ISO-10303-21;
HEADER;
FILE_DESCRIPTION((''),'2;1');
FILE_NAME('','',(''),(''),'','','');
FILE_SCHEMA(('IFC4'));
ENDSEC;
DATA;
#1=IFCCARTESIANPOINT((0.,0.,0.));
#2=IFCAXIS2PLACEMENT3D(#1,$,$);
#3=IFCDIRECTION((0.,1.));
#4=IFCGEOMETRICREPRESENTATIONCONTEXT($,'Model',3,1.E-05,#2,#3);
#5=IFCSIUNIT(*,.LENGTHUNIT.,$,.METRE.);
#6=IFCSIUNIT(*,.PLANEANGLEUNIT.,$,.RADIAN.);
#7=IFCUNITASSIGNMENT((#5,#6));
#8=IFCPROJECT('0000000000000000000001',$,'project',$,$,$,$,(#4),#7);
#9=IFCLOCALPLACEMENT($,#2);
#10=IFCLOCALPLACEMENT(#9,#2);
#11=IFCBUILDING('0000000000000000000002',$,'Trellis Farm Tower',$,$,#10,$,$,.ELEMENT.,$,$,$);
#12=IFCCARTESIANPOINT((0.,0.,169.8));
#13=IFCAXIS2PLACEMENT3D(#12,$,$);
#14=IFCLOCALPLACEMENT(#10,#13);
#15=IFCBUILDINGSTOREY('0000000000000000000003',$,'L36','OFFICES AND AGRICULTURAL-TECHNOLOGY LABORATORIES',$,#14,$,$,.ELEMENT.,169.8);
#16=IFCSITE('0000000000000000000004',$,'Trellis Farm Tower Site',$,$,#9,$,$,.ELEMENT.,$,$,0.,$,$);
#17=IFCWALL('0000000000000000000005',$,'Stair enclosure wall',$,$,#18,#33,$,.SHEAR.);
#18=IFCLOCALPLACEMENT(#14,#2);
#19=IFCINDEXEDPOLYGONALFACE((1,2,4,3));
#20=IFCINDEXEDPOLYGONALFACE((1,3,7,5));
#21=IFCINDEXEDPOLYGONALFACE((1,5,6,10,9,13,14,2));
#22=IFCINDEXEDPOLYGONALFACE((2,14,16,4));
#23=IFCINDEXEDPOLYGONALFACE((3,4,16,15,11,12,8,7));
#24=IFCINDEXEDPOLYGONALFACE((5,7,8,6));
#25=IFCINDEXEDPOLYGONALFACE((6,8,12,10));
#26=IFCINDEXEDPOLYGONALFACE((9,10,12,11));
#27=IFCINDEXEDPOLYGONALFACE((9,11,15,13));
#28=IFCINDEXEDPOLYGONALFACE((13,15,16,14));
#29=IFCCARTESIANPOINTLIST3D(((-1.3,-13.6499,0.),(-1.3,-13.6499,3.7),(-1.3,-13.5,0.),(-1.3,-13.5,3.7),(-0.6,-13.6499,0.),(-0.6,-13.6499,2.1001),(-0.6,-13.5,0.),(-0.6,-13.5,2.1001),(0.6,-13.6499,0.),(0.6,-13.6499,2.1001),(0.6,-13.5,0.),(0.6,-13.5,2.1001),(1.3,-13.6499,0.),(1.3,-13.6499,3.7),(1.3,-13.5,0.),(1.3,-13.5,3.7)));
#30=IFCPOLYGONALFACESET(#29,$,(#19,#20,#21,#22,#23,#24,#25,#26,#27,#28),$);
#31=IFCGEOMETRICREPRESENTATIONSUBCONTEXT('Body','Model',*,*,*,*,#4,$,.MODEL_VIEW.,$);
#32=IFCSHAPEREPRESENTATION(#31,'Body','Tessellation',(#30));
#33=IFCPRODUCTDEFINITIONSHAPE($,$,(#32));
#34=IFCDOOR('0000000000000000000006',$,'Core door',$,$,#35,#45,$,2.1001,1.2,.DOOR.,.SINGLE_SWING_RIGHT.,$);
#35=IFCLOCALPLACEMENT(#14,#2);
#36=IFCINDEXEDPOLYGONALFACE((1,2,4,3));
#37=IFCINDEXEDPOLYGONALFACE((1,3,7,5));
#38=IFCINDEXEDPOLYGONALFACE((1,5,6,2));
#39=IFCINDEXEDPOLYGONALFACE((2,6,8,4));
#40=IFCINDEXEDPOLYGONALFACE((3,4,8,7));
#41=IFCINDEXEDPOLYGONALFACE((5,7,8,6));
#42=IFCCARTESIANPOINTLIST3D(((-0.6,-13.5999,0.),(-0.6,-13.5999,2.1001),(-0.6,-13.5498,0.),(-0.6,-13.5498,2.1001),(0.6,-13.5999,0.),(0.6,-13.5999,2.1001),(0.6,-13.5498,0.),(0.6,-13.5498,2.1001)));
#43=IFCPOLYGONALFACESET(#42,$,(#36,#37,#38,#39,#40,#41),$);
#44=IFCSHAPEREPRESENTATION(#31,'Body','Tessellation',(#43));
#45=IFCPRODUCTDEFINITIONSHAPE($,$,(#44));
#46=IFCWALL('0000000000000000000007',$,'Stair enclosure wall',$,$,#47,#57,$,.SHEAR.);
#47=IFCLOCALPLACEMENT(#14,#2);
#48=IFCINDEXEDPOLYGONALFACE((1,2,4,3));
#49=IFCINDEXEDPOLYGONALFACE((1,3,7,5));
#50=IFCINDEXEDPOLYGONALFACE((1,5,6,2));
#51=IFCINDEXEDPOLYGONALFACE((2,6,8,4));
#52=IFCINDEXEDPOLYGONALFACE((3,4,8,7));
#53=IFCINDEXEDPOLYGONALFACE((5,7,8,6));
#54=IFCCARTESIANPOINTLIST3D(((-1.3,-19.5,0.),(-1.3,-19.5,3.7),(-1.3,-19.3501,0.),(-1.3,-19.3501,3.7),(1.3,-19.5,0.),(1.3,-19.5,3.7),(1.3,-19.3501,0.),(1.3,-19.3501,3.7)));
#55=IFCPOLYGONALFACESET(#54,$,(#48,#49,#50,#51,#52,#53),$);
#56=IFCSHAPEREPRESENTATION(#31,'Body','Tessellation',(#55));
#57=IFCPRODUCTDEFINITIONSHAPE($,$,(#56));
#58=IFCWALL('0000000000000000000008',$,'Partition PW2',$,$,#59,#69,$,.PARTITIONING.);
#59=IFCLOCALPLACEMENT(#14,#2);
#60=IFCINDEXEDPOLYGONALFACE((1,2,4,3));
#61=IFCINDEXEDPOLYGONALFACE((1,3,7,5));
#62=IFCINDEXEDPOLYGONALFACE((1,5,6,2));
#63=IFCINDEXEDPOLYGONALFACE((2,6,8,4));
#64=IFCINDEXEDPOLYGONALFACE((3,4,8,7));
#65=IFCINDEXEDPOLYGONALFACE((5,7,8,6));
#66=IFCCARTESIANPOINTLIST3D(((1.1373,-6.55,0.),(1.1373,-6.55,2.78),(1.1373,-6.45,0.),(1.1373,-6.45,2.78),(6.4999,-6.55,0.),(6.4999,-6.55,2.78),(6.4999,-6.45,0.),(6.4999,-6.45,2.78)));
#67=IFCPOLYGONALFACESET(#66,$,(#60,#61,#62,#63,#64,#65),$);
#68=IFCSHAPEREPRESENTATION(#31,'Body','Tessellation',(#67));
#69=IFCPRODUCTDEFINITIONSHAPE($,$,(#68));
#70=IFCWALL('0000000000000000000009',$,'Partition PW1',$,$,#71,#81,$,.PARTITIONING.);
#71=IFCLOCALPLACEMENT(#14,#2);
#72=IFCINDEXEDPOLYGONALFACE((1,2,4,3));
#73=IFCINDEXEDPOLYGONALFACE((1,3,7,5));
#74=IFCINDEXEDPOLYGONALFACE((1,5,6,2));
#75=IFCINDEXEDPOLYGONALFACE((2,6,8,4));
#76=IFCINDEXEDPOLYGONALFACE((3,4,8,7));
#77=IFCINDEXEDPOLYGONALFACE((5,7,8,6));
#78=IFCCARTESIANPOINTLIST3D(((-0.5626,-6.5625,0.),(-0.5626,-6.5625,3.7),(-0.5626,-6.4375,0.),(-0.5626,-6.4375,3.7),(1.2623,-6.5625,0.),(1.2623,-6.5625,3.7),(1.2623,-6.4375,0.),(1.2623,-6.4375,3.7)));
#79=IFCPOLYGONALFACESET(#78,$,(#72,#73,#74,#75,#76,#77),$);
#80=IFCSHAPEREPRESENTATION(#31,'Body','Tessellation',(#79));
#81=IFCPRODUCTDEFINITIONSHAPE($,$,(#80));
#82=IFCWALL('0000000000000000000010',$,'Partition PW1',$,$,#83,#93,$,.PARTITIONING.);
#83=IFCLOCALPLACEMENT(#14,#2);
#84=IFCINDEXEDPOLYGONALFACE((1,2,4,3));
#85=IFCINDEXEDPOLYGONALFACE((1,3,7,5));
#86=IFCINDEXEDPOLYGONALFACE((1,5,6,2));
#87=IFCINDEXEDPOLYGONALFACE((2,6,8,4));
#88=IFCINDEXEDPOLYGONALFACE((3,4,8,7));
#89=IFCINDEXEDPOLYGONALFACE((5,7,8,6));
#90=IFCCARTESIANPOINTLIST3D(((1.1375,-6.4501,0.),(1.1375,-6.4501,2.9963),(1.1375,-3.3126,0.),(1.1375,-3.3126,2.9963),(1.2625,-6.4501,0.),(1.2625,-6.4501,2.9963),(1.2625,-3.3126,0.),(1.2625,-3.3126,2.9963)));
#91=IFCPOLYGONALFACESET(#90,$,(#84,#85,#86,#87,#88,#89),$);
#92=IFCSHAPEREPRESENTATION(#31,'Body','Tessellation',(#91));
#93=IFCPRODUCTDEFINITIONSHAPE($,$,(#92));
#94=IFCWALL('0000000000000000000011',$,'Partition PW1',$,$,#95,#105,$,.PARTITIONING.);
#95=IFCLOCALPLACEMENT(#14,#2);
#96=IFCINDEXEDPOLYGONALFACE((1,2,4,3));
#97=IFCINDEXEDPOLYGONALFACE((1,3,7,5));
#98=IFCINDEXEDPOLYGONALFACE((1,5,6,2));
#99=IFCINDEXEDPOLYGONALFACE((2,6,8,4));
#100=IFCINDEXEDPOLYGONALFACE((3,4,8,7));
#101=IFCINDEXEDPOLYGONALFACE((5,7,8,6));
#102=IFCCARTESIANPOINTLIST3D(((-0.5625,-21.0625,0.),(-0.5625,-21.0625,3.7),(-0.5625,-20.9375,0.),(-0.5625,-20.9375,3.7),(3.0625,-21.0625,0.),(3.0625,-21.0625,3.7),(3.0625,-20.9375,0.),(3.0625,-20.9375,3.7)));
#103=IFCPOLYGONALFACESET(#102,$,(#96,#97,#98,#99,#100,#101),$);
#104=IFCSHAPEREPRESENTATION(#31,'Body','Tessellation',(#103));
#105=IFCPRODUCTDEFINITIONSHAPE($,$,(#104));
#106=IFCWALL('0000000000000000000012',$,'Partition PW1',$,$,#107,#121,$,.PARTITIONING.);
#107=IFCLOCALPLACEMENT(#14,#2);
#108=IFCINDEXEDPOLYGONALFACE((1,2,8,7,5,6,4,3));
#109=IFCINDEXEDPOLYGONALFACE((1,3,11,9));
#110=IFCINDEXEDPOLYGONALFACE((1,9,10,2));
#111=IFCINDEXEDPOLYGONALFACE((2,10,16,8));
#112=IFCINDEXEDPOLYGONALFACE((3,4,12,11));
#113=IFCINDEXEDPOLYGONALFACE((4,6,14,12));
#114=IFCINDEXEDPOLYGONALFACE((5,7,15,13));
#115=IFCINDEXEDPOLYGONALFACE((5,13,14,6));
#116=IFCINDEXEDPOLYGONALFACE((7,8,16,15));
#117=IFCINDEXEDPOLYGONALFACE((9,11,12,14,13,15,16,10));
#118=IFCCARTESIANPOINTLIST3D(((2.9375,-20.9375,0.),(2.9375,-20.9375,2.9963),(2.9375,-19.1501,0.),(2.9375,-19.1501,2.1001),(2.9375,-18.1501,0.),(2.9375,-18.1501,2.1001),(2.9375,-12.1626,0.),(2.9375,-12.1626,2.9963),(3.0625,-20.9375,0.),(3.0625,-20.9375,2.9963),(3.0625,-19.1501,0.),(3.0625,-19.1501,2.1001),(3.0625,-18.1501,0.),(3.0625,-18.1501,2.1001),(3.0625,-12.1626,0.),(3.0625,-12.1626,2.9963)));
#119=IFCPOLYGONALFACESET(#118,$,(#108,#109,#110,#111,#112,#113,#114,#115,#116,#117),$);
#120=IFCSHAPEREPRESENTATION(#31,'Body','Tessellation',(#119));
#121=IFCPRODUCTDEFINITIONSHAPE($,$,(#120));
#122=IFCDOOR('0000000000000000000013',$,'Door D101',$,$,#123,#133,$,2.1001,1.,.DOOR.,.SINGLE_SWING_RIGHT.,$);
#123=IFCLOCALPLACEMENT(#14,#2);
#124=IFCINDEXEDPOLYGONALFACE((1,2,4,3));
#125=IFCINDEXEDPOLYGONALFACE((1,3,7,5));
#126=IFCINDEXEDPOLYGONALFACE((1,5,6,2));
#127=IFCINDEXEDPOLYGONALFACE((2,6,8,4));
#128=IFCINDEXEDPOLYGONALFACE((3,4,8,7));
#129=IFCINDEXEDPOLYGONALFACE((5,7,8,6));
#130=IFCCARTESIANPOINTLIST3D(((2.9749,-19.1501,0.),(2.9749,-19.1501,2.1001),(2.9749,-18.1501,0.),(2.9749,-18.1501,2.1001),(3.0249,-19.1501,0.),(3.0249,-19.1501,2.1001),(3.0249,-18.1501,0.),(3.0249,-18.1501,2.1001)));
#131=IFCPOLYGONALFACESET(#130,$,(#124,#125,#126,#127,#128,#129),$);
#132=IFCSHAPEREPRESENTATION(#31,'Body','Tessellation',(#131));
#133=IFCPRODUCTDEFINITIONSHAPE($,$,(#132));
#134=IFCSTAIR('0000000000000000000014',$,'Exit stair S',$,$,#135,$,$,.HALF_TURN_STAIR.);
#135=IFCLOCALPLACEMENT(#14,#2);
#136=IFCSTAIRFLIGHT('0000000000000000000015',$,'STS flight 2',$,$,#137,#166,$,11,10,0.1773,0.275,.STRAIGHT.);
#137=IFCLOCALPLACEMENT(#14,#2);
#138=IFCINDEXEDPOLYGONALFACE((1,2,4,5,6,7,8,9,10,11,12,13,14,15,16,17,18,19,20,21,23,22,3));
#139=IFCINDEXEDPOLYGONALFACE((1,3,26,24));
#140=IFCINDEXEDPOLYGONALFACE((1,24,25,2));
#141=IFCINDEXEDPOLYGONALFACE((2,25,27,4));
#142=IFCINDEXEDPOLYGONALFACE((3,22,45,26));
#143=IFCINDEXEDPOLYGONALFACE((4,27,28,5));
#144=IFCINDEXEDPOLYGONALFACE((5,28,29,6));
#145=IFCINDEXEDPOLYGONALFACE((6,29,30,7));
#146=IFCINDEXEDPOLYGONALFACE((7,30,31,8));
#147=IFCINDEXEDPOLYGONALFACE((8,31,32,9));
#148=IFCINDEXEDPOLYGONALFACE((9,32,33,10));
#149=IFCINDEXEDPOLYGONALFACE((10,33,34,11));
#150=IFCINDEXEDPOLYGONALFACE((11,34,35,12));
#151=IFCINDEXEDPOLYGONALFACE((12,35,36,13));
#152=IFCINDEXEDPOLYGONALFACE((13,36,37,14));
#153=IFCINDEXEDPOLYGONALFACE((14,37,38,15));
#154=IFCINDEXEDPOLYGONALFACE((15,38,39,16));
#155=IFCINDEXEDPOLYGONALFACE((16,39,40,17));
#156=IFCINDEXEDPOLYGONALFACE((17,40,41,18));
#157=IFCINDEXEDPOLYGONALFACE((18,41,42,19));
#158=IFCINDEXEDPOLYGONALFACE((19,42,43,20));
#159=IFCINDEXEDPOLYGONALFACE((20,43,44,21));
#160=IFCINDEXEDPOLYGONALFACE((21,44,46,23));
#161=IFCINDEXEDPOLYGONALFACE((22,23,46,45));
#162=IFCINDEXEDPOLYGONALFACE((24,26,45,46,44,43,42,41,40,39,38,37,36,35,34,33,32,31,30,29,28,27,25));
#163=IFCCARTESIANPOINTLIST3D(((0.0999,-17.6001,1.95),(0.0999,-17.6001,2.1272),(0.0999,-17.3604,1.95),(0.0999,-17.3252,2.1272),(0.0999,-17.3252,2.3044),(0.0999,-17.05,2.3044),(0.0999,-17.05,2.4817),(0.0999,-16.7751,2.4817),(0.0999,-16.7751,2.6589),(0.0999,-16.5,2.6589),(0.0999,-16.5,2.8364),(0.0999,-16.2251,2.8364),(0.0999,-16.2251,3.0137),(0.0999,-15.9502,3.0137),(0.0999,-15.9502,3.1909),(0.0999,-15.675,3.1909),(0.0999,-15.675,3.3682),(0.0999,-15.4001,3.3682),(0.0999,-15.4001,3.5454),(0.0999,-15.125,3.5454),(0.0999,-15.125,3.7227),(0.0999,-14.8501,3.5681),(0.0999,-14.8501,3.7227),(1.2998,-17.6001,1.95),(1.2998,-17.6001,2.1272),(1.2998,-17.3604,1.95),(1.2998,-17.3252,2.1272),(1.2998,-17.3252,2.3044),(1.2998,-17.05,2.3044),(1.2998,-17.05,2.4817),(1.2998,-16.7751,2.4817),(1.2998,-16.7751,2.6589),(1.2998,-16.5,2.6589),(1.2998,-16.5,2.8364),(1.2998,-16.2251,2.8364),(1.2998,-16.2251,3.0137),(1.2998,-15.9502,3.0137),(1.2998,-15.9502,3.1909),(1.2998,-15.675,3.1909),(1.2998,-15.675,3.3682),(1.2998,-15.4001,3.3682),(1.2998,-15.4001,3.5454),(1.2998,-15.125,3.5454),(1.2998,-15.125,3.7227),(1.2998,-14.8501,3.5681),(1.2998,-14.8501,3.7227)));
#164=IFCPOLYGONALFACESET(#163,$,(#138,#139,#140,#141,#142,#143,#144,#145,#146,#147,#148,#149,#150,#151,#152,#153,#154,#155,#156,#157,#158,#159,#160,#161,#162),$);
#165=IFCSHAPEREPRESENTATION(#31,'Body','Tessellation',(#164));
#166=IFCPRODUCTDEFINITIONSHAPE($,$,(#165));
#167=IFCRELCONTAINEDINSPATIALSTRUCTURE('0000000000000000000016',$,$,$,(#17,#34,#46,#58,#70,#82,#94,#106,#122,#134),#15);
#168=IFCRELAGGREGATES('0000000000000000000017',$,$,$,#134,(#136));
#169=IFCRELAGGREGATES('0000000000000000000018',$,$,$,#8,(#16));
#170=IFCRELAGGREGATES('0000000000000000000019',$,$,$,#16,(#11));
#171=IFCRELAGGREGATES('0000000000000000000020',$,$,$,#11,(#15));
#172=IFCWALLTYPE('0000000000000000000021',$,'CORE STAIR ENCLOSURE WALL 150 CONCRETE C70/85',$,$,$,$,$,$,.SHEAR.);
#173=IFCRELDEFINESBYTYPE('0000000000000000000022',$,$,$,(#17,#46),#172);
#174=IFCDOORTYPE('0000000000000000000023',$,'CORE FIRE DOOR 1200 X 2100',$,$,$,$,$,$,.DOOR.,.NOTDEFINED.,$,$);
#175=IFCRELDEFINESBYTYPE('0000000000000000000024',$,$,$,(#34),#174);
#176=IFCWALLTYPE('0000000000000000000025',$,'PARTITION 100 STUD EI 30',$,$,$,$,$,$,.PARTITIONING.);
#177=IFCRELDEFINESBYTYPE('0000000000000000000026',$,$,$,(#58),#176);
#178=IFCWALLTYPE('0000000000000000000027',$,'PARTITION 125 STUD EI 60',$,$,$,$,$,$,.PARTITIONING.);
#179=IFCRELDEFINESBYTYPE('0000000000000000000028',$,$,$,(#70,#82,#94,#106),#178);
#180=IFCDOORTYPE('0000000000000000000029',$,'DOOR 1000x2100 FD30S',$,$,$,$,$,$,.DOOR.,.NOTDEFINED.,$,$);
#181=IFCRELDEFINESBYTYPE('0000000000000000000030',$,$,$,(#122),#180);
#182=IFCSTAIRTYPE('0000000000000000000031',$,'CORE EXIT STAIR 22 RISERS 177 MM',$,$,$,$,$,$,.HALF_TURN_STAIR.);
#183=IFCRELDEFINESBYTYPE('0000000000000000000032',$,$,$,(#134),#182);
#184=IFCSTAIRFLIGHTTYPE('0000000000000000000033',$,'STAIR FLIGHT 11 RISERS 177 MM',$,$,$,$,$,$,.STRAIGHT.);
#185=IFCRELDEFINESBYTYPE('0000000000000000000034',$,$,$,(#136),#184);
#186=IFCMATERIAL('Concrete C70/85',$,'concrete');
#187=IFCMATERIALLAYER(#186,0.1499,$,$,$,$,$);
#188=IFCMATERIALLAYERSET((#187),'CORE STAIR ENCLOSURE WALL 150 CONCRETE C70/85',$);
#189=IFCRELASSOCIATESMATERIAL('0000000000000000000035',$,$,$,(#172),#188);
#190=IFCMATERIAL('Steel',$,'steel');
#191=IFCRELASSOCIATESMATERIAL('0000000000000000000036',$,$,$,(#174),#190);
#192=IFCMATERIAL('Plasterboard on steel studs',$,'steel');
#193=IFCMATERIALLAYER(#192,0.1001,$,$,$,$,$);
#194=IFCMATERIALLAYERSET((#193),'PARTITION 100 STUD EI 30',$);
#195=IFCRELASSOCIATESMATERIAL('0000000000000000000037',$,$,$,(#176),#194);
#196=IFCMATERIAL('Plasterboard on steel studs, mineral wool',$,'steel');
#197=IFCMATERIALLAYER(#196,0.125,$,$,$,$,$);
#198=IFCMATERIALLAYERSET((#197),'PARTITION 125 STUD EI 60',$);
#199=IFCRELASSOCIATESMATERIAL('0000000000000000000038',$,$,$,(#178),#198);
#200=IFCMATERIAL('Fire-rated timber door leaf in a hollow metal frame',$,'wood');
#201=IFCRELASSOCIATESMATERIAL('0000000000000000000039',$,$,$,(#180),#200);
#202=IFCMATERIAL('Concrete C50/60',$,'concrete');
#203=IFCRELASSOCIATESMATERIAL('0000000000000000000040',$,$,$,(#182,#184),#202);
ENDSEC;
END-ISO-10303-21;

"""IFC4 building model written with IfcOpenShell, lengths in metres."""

from ifc_helpers import new_model, si_unit, direction, frame, frame_2d, origin, place, context, subcontext, project, spatial, polyline, rectangle, outline, extrude, source, transform, mapped, material, layer, layer_set, type_object, element, fill, aggregate, save


model = new_model("IFC4")

# Units and contexts
model_context = context("Model", 3, precision=1e-05, world=origin(), true_north=direction((0.0, 1.0)))
body_context = subcontext(model_context, "Body", "Model", "MODEL_VIEW")
ifc_project = project(units=[si_unit("LENGTHUNIT", "METRE"), si_unit("PLANEANGLEUNIT", "RADIAN")], contexts=[model_context])

# Site, building, storey
site_placement = place(None, origin())
site = spatial("IfcSite", under=ifc_project, at=site_placement, Name="Trellis Farm Tower Site", CompositionType="ELEMENT", RefElevation=0.0)
building_placement = place(site_placement, origin())
building = spatial("IfcBuilding", under=site, at=building_placement, Name="Trellis Farm Tower", CompositionType="ELEMENT")
storey_placement = place(building_placement, frame((0.0, 0.0, 169.8)))
storey = spatial("IfcBuildingStorey", under=building, at=storey_placement, Name="L36", Description="OFFICES AND AGRICULTURAL-TECHNOLOGY LABORATORIES", CompositionType="ELEMENT", Elevation=169.8)

# Shared definitions
ifc_material_1 = material(Name="Concrete C70/85", Category="concrete")

# Shared definitions
placement_1 = place(storey_placement, origin())

# Wall, opening, door
ifc_layer_1 = layer(ifc_material_1, 0.1499)
ifc_layer_set_1 = layer_set([ifc_layer_1], Name="CORE STAIR ENCLOSURE WALL 150 CONCRETE C70/85")
wall_type_1 = type_object("IfcWallType", Name="CORE STAIR ENCLOSURE WALL 150 CONCRETE C70/85", PredefinedType="SHEAR", material=ifc_layer_set_1)
shared_shape_1 = source(origin(), body_context, "Body", "SweptSolid", [
    extrude(rectangle(XDim=2.6001, YDim=0.1499, at=frame_2d((1.3, 0.0))), origin(), (0.0, 0.0, 1.0), 3.7),
])
wall_1_placement = place(storey_placement, frame((1.3, -13.575, 0.0), z_axis=(0.0, 0.0, 1.0), x_axis=(-1.0, 0.0, 0.0)))
wall_1 = element("IfcWall", 1, at=wall_1_placement, inside=storey, type_object=wall_type_1, Name="Stair enclosure wall", PredefinedType="SHEAR", context=body_context, shape_type="MappedRepresentation", body=[
    mapped(shared_shape_1, transform((0.0, 0.0, 0.0))),
])
shared_shape_2 = source(origin(), body_context, "Body", "SweptSolid", [
    extrude(rectangle(XDim=1.2, YDim=2.1001, at=frame_2d((0.6001, 1.05))), frame((0.0, 0.085, 0.0), z_axis=(0.0, -1.0, 0.0), x_axis=(1.0, 0.0, 0.0)), (0.0, 0.0, 1.0), 0.1699),
])
opening_1_placement = place(wall_1_placement, frame((0.7, 0.0, 0.0)))
opening_1 = element("IfcOpeningElement", 2, at=opening_1_placement, cuts=wall_1, PredefinedType="OPENING", context=body_context, shape_type="MappedRepresentation", body=[
    mapped(shared_shape_2, transform((0.0, 0.0, 0.0))),
])
ifc_material_2 = material(Name="Steel", Category="steel")
door_type_1 = type_object("IfcDoorType", Name="CORE FIRE DOOR 1200 X 2100", OperationType="NOTDEFINED", PredefinedType="DOOR", material=ifc_material_2)
shared_shape_3 = source(origin(), body_context, "Body", "SweptSolid", [
    extrude(rectangle(XDim=1.2, YDim=2.1001, at=frame_2d((0.6001, 1.05))), frame((0.0, 0.0249, 0.0), z_axis=(0.0, -1.0, 0.0), x_axis=(1.0, 0.0, 0.0)), (0.0, 0.0, 1.0), 0.05),
])
door_1_placement = place(opening_1_placement, origin())
door_1 = element("IfcDoor", 3, at=door_1_placement, inside=storey, type_object=door_type_1, Name="Core door", OperationType="SINGLE_SWING_RIGHT", OverallHeight=2.1001, OverallWidth=1.2, PredefinedType="DOOR", context=body_context, shape_type="MappedRepresentation", body=[
    mapped(shared_shape_3, transform((0.0, 0.0, 0.0))),
])
fill(opening_1, door_1)

# Walls
wall_2_placement = place(storey_placement, frame((1.3, -19.425, 0.0), z_axis=(0.0, 0.0, 1.0), x_axis=(-1.0, 0.0, 0.0)))
element("IfcWall", 4, at=wall_2_placement, inside=storey, type_object=wall_type_1, Name="Stair enclosure wall", PredefinedType="SHEAR", context=body_context, shape_type="MappedRepresentation", body=[
    mapped(shared_shape_1, transform((0.0, 0.0, 0.0))),
])
ifc_material_3 = material(Name="Plasterboard on steel studs", Category="steel")
ifc_layer_2 = layer(ifc_material_3, 0.1001)
ifc_layer_set_2 = layer_set([ifc_layer_2], Name="PARTITION 100 STUD EI 30")
wall_type_2 = type_object("IfcWallType", Name="PARTITION 100 STUD EI 30", PredefinedType="PARTITIONING", material=ifc_layer_set_2)
shared_shape_4 = source(origin(), body_context, "Body", "SweptSolid", [
    extrude(rectangle(XDim=5.3625, YDim=0.1001, at=frame_2d((2.6812, 0.0))), origin(), (0.0, 0.0, 1.0), 2.78),
])
wall_3_placement = place(storey_placement, frame((1.1375, -6.5, 0.0), z_axis=(0.0, 0.0, 1.0), x_axis=(1.0, 0.0, 0.0)))
element("IfcWall", 5, at=wall_3_placement, inside=storey, type_object=wall_type_2, Name="Partition PW2", PredefinedType="PARTITIONING", context=body_context, shape_type="MappedRepresentation", body=[
    mapped(shared_shape_4, transform((0.0, 0.0, 0.0))),
])
ifc_material_4 = material(Name="Plasterboard on steel studs, mineral wool", Category="steel")
ifc_layer_3 = layer(ifc_material_4, 0.125)
ifc_layer_set_3 = layer_set([ifc_layer_3], Name="PARTITION 125 STUD EI 60")
wall_type_3 = type_object("IfcWallType", Name="PARTITION 125 STUD EI 60", PredefinedType="PARTITIONING", material=ifc_layer_set_3)
shared_shape_5 = source(origin(), body_context, "Body", "SweptSolid", [
    extrude(rectangle(XDim=1.825, YDim=0.125, at=frame_2d((0.9126, 0.0))), origin(), (0.0, 0.0, 1.0), 3.7),
])
wall_4_placement = place(storey_placement, frame((1.2625, -6.5, 0.0), z_axis=(0.0, 0.0, 1.0), x_axis=(-1.0, 0.0, 0.0)))
element("IfcWall", 6, at=wall_4_placement, inside=storey, type_object=wall_type_3, Name="Partition PW1", PredefinedType="PARTITIONING", context=body_context, shape_type="MappedRepresentation", body=[
    mapped(shared_shape_5, transform((0.0, 0.0, 0.0))),
])
shared_shape_6 = source(origin(), body_context, "Body", "SweptSolid", [
    extrude(rectangle(XDim=3.1375, YDim=0.125, at=frame_2d((1.5688, 0.0))), origin(), (0.0, 0.0, 1.0), 2.9963),
])
wall_5_placement = place(storey_placement, frame((1.2, -3.3125, 0.0), z_axis=(0.0, 0.0, 1.0), x_axis=(0.0, -1.0, 0.0)))
element("IfcWall", 7, at=wall_5_placement, inside=storey, type_object=wall_type_3, Name="Partition PW1", PredefinedType="PARTITIONING", context=body_context, shape_type="MappedRepresentation", body=[
    mapped(shared_shape_6, transform((0.0, 0.0, 0.0))),
])
shared_shape_7 = source(origin(), body_context, "Body", "SweptSolid", [
    extrude(rectangle(XDim=3.625, YDim=0.125, at=frame_2d((1.8125, 0.0))), origin(), (0.0, 0.0, 1.0), 3.7),
])
wall_6_placement = place(storey_placement, frame((3.0625, -21.0, 0.0), z_axis=(0.0, 0.0, 1.0), x_axis=(-1.0, 0.0, 0.0)))
element("IfcWall", 8, at=wall_6_placement, inside=storey, type_object=wall_type_3, Name="Partition PW1", PredefinedType="PARTITIONING", context=body_context, shape_type="MappedRepresentation", body=[
    mapped(shared_shape_7, transform((0.0, 0.0, 0.0))),
])

# Wall, opening, door
shared_shape_8 = source(origin(), body_context, "Body", "SweptSolid", [
    extrude(rectangle(XDim=8.7749, YDim=0.125, at=frame_2d((4.3875, 0.0))), origin(), (0.0, 0.0, 1.0), 2.9963),
])
wall_7_placement = place(storey_placement, frame((3.0, -12.1626, 0.0), z_axis=(0.0, 0.0, 1.0), x_axis=(0.0, -1.0, 0.0)))
wall_7 = element("IfcWall", 9, at=wall_7_placement, inside=storey, type_object=wall_type_3, Name="Partition PW1", PredefinedType="PARTITIONING", context=body_context, shape_type="MappedRepresentation", body=[
    mapped(shared_shape_8, transform((0.0, 0.0, 0.0))),
])
shared_shape_9 = source(origin(), body_context, "Body", "SweptSolid", [
    extrude(rectangle(XDim=1.0, YDim=2.1001, at=frame_2d((0.5, 1.05))), frame((0.0, 0.0725, 0.0), z_axis=(0.0, -1.0, 0.0), x_axis=(1.0, 0.0, 0.0)), (0.0, 0.0, 1.0), 0.145),
])
opening_2_placement = place(wall_7_placement, frame((5.9875, 0.0, 0.0)))
opening_2 = element("IfcOpeningElement", 10, at=opening_2_placement, cuts=wall_7, PredefinedType="OPENING", context=body_context, shape_type="MappedRepresentation", body=[
    mapped(shared_shape_9, transform((0.0, 0.0, 0.0))),
])
ifc_material_5 = material(Name="Fire-rated timber door leaf in a hollow metal frame", Category="wood")
door_type_2 = type_object("IfcDoorType", Name="DOOR 1000x2100 FD30S", OperationType="NOTDEFINED", PredefinedType="DOOR", material=ifc_material_5)
shared_shape_10 = source(origin(), body_context, "Body", "SweptSolid", [
    extrude(rectangle(XDim=1.0, YDim=2.1001, at=frame_2d((0.5, 1.05))), frame((0.0, 0.0249, 0.0), z_axis=(0.0, -1.0, 0.0), x_axis=(1.0, 0.0, 0.0)), (0.0, 0.0, 1.0), 0.05),
])
door_2_placement = place(opening_2_placement, origin())
door_2 = element("IfcDoor", 11, at=door_2_placement, inside=storey, type_object=door_type_2, Name="Door D101", OperationType="SINGLE_SWING_RIGHT", OverallHeight=2.1001, OverallWidth=1.0, PredefinedType="DOOR", context=body_context, shape_type="MappedRepresentation", body=[
    mapped(shared_shape_10, transform((0.0, 0.0, 0.0))),
])
fill(opening_2, door_2)

# Stair, stair flight
ifc_material_6 = material(Name="Concrete C50/60", Category="concrete")
stair_type = type_object("IfcStairType", Name="CORE EXIT STAIR 22 RISERS 177 MM", PredefinedType="HALF_TURN_STAIR", material=ifc_material_6)
stair = element("IfcStair", 12, at=placement_1, inside=storey, type_object=stair_type, Name="Exit stair S", PredefinedType="HALF_TURN_STAIR")
stair_flight_type = type_object("IfcStairFlightType", Name="STAIR FLIGHT 11 RISERS 177 MM", PredefinedType="STRAIGHT", material=ifc_material_6)
shared_shape_11 = source(origin(), body_context, "Body", "SweptSolid", [
    extrude(outline(polyline([(0.0, 0.0), (0.0, 0.1772), (0.2749, 0.1772), (0.2749, 0.3545), (0.55, 0.3545), (0.55, 0.5317), (0.825, 0.5317), (0.825, 0.709), (1.1001, 0.709), (1.1001, 0.8865), (1.375, 0.8865), (1.375, 1.0637), (1.6499, 1.0637), (1.6499, 1.241), (1.925, 1.241), (1.925, 1.4182), (2.2, 1.4182), (2.2, 1.5955), (2.4751, 1.5955), (2.4751, 1.7727), (2.75, 1.7727), (2.75, 1.95), (2.75, 1.6182), (0.2397, 0.0), (0.0, 0.0)])), frame((0.0, 0.6001, 0.0), z_axis=(0.0, -1.0, 0.0), x_axis=(1.0, 0.0, 0.0)), (0.0, 0.0, 1.0), 1.2),
])
stair_flight_placement = place(storey_placement, frame((0.7, -17.6001, 1.95), z_axis=(0.0, 0.0, 1.0), x_axis=(0.0, 1.0, 0.0)))
stair_flight = element("IfcStairFlight", 13, at=stair_flight_placement, type_object=stair_flight_type, Name="STS flight 2", NumberOfRisers=11, NumberOfTreads=10, PredefinedType="STRAIGHT", RiserHeight=0.1773, TreadLength=0.275, context=body_context, shape_type="MappedRepresentation", body=[
    mapped(shared_shape_11, transform((0.0, 0.0, 0.0))),
])
aggregate(stair, [stair_flight])

save(model, "model.ifc")
